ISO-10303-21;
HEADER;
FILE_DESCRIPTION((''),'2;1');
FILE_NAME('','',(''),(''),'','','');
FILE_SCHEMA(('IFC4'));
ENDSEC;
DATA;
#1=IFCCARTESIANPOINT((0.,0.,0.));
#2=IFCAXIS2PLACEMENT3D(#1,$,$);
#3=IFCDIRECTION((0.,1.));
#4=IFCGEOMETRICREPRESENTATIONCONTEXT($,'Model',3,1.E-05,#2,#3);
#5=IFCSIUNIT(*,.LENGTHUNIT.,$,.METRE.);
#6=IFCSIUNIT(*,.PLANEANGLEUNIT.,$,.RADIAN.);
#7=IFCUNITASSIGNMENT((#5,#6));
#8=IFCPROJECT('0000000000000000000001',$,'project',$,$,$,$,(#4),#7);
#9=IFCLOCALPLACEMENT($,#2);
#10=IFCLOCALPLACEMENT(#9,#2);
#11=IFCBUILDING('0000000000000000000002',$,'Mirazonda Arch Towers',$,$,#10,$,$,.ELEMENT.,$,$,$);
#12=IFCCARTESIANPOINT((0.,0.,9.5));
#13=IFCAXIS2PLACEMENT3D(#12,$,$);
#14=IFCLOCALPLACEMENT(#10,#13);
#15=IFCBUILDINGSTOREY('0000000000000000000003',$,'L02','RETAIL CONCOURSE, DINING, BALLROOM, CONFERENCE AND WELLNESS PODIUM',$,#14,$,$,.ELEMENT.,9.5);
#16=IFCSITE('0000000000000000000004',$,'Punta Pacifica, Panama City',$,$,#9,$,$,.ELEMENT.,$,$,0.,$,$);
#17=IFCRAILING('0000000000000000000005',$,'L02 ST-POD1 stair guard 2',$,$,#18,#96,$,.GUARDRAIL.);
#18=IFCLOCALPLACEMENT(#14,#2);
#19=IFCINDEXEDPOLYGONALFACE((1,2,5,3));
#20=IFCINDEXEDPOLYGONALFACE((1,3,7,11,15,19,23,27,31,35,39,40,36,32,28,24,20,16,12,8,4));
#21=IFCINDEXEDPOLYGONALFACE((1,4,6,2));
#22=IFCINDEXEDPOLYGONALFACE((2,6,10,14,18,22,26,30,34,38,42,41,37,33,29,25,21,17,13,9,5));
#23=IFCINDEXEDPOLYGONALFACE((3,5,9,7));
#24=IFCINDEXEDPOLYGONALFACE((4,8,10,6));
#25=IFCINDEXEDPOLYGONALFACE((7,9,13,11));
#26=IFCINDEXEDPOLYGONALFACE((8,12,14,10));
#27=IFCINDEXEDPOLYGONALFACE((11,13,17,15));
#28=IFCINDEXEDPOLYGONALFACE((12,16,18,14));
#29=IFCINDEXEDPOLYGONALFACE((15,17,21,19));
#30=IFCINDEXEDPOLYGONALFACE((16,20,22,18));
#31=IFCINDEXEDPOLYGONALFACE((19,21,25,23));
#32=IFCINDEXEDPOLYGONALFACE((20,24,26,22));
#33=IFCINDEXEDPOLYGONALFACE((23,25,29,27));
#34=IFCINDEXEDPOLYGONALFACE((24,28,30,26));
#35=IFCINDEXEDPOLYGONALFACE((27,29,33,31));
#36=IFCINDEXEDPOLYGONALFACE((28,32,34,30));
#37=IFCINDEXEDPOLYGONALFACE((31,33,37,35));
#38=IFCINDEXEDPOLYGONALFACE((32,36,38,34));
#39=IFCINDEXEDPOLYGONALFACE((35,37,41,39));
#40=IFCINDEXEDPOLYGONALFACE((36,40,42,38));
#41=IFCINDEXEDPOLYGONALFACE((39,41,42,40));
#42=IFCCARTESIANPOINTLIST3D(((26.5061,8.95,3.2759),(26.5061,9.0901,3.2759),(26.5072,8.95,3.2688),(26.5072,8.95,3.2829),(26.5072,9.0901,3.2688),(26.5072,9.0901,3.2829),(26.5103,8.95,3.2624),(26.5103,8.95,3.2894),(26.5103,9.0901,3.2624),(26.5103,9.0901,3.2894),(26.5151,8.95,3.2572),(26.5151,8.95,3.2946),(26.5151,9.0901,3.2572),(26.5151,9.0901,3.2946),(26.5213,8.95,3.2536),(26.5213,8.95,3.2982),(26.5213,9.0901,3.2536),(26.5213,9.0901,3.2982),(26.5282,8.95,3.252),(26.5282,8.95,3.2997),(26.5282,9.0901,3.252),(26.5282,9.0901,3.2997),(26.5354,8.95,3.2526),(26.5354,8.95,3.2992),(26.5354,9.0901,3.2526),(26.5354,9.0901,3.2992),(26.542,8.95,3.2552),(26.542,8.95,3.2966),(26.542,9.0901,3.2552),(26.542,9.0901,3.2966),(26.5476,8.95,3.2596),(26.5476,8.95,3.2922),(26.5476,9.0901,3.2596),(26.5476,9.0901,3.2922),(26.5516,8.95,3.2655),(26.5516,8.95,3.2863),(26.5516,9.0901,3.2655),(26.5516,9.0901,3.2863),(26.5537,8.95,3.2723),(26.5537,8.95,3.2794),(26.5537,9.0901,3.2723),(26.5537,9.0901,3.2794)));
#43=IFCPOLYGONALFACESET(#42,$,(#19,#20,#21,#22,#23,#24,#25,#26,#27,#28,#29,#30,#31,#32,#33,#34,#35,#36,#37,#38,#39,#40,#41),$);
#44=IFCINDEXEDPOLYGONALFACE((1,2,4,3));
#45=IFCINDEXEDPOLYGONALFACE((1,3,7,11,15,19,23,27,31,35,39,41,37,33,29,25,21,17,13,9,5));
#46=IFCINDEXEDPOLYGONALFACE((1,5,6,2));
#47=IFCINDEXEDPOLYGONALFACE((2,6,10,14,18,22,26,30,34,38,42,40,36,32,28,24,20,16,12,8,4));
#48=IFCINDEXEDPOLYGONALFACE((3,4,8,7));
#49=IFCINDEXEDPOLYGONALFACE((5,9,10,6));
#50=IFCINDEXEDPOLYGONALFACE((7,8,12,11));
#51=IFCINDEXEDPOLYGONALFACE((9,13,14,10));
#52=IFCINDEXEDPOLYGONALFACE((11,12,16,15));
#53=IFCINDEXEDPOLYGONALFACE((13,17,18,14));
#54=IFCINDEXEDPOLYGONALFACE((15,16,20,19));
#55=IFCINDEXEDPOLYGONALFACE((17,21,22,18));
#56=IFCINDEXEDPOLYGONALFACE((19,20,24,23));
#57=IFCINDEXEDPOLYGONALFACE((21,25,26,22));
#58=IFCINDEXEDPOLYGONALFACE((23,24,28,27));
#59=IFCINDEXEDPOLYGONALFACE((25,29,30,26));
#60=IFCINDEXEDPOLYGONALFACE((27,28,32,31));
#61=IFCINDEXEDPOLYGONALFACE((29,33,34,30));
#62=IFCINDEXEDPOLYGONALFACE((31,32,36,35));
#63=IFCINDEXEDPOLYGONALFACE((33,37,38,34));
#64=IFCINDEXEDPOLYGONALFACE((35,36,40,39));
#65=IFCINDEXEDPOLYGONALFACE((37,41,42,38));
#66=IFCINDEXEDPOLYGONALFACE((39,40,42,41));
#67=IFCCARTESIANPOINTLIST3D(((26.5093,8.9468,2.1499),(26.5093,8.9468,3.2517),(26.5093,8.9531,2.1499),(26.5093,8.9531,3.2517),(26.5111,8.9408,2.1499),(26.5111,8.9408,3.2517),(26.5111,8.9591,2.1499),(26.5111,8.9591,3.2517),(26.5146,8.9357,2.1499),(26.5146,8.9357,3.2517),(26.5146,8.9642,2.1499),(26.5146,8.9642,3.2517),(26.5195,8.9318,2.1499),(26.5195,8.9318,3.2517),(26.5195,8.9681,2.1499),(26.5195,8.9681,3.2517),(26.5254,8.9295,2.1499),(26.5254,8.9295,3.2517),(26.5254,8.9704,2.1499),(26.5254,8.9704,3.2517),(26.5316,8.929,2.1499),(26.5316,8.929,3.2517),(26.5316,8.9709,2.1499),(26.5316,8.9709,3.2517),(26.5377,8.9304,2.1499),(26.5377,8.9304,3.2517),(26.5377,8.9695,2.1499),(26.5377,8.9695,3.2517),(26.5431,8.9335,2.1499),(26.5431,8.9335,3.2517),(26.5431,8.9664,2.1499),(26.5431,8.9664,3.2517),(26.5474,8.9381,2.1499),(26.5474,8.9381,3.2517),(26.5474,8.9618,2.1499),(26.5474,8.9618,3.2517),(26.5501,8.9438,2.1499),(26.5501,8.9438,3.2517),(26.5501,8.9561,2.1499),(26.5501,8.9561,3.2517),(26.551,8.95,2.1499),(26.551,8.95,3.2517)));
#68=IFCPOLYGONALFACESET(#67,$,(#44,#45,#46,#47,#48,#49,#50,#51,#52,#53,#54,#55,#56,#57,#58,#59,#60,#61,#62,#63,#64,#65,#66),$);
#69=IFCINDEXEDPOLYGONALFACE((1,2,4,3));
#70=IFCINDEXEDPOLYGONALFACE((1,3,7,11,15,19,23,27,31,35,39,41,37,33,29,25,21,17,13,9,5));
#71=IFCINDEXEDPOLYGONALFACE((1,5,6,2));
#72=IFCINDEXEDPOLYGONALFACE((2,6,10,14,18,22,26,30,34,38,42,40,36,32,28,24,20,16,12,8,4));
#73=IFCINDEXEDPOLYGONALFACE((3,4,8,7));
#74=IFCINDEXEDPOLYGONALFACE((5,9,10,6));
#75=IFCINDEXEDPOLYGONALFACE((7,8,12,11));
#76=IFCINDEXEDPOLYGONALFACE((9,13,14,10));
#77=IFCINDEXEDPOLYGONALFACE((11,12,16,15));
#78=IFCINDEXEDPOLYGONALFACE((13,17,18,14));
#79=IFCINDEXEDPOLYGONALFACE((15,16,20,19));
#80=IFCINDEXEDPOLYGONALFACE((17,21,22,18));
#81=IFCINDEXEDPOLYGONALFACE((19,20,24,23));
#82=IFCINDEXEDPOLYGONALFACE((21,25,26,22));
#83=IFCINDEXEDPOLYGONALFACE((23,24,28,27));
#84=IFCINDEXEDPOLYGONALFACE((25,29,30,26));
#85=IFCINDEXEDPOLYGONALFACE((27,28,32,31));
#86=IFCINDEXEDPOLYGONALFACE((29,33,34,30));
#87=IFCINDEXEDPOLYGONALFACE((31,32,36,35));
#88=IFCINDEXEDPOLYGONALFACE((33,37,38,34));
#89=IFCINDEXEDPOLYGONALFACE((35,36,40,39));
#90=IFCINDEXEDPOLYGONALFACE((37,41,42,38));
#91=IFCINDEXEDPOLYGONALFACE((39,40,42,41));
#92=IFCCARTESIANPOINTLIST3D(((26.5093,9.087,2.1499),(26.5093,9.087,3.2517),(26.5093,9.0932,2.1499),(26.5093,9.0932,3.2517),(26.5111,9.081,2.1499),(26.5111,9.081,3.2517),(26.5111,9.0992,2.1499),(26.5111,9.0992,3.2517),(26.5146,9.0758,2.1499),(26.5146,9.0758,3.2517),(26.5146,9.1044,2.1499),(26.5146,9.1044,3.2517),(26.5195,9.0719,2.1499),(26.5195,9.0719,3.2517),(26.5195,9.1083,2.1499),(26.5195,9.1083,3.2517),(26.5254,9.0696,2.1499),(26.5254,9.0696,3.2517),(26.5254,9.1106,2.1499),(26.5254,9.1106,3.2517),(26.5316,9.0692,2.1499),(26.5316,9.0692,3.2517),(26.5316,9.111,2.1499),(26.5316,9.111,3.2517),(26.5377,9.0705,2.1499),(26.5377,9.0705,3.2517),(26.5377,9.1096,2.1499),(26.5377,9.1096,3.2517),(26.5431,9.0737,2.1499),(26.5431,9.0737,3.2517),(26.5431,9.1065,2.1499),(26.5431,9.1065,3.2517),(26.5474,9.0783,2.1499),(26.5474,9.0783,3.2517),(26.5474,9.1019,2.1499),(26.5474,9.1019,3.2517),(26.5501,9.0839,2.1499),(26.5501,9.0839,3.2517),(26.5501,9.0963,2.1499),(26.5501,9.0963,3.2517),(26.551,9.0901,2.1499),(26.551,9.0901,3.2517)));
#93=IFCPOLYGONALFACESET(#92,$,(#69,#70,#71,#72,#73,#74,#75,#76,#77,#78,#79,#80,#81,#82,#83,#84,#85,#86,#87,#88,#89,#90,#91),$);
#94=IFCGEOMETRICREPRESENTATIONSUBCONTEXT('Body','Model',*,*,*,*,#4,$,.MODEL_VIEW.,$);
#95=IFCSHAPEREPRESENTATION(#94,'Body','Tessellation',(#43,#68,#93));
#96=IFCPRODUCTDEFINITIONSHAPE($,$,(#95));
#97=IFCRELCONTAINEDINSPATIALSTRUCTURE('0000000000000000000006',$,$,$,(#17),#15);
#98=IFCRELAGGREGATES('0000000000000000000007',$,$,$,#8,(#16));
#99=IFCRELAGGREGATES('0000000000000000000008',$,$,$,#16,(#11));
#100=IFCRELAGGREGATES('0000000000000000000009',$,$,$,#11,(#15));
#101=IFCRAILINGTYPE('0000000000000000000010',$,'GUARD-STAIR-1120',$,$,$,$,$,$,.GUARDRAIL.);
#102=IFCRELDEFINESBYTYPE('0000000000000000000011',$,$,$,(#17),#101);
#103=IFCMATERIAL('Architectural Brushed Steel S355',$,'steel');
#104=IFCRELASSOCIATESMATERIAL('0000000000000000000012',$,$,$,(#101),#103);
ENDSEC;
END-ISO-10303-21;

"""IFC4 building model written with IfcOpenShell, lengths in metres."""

from ifc_helpers import new_model, si_unit, direction, frame, origin, origin_2d, place, context, subcontext, project, spatial, circle, extrude, material, type_object, element, save


model = new_model("IFC4")

# Units and contexts
model_context = context("Model", 3, precision=1e-05, world=origin(), true_north=direction((0.0, 1.0)))
body_context = subcontext(model_context, "Body", "Model", "MODEL_VIEW")
ifc_project = project(units=[si_unit("LENGTHUNIT", "METRE"), si_unit("PLANEANGLEUNIT", "RADIAN")], contexts=[model_context])

# Site, building, storey
site_placement = place(None, origin())
site = spatial("IfcSite", under=ifc_project, at=site_placement, Name="Punta Pacifica, Panama City", CompositionType="ELEMENT", RefElevation=0.0)
building_placement = place(site_placement, origin())
building = spatial("IfcBuilding", under=site, at=building_placement, Name="Mirazonda Arch Towers", CompositionType="ELEMENT")
storey_placement = place(building_placement, frame((0.0, 0.0, 9.5)))
storey = spatial("IfcBuildingStorey", under=building, at=storey_placement, Name="L02", Description="RETAIL CONCOURSE, DINING, BALLROOM, CONFERENCE AND WELLNESS PODIUM", CompositionType="ELEMENT", Elevation=9.5)

# Railing
ifc_material_1 = material(Name="Architectural Brushed Steel S355", Category="steel")
railing_type_1 = type_object("IfcRailingType", Name="GUARD-STAIR-1120", PredefinedType="GUARDRAIL", material=ifc_material_1)
railing_1_placement = place(storey_placement, frame((26.53, 8.95, 2.1499)))
element("IfcRailing", 1, at=railing_1_placement, inside=storey, type_object=railing_type_1, Name="L02 ST-POD1 stair guard 2", PredefinedType="GUARDRAIL", context=body_context, shape_type="SweptSolid", body=[
    extrude(circle(Radius=0.0239, at=origin_2d()), frame((0.0, 0.0, 1.126), z_axis=(0.0, 1.0, 0.0), x_axis=(-1.0, 0.0, 0.0)), (0.0, 0.0, 1.0), 0.1401),
    extrude(circle(Radius=0.021, at=origin_2d()), origin(), (0.0, 0.0, 1.0), 1.1018),
    extrude(circle(Radius=0.021, at=origin_2d()), frame((0.0, 0.1401, 0.0)), (0.0, 0.0, 1.0), 1.1018),
])

save(model, "model.ifc")
